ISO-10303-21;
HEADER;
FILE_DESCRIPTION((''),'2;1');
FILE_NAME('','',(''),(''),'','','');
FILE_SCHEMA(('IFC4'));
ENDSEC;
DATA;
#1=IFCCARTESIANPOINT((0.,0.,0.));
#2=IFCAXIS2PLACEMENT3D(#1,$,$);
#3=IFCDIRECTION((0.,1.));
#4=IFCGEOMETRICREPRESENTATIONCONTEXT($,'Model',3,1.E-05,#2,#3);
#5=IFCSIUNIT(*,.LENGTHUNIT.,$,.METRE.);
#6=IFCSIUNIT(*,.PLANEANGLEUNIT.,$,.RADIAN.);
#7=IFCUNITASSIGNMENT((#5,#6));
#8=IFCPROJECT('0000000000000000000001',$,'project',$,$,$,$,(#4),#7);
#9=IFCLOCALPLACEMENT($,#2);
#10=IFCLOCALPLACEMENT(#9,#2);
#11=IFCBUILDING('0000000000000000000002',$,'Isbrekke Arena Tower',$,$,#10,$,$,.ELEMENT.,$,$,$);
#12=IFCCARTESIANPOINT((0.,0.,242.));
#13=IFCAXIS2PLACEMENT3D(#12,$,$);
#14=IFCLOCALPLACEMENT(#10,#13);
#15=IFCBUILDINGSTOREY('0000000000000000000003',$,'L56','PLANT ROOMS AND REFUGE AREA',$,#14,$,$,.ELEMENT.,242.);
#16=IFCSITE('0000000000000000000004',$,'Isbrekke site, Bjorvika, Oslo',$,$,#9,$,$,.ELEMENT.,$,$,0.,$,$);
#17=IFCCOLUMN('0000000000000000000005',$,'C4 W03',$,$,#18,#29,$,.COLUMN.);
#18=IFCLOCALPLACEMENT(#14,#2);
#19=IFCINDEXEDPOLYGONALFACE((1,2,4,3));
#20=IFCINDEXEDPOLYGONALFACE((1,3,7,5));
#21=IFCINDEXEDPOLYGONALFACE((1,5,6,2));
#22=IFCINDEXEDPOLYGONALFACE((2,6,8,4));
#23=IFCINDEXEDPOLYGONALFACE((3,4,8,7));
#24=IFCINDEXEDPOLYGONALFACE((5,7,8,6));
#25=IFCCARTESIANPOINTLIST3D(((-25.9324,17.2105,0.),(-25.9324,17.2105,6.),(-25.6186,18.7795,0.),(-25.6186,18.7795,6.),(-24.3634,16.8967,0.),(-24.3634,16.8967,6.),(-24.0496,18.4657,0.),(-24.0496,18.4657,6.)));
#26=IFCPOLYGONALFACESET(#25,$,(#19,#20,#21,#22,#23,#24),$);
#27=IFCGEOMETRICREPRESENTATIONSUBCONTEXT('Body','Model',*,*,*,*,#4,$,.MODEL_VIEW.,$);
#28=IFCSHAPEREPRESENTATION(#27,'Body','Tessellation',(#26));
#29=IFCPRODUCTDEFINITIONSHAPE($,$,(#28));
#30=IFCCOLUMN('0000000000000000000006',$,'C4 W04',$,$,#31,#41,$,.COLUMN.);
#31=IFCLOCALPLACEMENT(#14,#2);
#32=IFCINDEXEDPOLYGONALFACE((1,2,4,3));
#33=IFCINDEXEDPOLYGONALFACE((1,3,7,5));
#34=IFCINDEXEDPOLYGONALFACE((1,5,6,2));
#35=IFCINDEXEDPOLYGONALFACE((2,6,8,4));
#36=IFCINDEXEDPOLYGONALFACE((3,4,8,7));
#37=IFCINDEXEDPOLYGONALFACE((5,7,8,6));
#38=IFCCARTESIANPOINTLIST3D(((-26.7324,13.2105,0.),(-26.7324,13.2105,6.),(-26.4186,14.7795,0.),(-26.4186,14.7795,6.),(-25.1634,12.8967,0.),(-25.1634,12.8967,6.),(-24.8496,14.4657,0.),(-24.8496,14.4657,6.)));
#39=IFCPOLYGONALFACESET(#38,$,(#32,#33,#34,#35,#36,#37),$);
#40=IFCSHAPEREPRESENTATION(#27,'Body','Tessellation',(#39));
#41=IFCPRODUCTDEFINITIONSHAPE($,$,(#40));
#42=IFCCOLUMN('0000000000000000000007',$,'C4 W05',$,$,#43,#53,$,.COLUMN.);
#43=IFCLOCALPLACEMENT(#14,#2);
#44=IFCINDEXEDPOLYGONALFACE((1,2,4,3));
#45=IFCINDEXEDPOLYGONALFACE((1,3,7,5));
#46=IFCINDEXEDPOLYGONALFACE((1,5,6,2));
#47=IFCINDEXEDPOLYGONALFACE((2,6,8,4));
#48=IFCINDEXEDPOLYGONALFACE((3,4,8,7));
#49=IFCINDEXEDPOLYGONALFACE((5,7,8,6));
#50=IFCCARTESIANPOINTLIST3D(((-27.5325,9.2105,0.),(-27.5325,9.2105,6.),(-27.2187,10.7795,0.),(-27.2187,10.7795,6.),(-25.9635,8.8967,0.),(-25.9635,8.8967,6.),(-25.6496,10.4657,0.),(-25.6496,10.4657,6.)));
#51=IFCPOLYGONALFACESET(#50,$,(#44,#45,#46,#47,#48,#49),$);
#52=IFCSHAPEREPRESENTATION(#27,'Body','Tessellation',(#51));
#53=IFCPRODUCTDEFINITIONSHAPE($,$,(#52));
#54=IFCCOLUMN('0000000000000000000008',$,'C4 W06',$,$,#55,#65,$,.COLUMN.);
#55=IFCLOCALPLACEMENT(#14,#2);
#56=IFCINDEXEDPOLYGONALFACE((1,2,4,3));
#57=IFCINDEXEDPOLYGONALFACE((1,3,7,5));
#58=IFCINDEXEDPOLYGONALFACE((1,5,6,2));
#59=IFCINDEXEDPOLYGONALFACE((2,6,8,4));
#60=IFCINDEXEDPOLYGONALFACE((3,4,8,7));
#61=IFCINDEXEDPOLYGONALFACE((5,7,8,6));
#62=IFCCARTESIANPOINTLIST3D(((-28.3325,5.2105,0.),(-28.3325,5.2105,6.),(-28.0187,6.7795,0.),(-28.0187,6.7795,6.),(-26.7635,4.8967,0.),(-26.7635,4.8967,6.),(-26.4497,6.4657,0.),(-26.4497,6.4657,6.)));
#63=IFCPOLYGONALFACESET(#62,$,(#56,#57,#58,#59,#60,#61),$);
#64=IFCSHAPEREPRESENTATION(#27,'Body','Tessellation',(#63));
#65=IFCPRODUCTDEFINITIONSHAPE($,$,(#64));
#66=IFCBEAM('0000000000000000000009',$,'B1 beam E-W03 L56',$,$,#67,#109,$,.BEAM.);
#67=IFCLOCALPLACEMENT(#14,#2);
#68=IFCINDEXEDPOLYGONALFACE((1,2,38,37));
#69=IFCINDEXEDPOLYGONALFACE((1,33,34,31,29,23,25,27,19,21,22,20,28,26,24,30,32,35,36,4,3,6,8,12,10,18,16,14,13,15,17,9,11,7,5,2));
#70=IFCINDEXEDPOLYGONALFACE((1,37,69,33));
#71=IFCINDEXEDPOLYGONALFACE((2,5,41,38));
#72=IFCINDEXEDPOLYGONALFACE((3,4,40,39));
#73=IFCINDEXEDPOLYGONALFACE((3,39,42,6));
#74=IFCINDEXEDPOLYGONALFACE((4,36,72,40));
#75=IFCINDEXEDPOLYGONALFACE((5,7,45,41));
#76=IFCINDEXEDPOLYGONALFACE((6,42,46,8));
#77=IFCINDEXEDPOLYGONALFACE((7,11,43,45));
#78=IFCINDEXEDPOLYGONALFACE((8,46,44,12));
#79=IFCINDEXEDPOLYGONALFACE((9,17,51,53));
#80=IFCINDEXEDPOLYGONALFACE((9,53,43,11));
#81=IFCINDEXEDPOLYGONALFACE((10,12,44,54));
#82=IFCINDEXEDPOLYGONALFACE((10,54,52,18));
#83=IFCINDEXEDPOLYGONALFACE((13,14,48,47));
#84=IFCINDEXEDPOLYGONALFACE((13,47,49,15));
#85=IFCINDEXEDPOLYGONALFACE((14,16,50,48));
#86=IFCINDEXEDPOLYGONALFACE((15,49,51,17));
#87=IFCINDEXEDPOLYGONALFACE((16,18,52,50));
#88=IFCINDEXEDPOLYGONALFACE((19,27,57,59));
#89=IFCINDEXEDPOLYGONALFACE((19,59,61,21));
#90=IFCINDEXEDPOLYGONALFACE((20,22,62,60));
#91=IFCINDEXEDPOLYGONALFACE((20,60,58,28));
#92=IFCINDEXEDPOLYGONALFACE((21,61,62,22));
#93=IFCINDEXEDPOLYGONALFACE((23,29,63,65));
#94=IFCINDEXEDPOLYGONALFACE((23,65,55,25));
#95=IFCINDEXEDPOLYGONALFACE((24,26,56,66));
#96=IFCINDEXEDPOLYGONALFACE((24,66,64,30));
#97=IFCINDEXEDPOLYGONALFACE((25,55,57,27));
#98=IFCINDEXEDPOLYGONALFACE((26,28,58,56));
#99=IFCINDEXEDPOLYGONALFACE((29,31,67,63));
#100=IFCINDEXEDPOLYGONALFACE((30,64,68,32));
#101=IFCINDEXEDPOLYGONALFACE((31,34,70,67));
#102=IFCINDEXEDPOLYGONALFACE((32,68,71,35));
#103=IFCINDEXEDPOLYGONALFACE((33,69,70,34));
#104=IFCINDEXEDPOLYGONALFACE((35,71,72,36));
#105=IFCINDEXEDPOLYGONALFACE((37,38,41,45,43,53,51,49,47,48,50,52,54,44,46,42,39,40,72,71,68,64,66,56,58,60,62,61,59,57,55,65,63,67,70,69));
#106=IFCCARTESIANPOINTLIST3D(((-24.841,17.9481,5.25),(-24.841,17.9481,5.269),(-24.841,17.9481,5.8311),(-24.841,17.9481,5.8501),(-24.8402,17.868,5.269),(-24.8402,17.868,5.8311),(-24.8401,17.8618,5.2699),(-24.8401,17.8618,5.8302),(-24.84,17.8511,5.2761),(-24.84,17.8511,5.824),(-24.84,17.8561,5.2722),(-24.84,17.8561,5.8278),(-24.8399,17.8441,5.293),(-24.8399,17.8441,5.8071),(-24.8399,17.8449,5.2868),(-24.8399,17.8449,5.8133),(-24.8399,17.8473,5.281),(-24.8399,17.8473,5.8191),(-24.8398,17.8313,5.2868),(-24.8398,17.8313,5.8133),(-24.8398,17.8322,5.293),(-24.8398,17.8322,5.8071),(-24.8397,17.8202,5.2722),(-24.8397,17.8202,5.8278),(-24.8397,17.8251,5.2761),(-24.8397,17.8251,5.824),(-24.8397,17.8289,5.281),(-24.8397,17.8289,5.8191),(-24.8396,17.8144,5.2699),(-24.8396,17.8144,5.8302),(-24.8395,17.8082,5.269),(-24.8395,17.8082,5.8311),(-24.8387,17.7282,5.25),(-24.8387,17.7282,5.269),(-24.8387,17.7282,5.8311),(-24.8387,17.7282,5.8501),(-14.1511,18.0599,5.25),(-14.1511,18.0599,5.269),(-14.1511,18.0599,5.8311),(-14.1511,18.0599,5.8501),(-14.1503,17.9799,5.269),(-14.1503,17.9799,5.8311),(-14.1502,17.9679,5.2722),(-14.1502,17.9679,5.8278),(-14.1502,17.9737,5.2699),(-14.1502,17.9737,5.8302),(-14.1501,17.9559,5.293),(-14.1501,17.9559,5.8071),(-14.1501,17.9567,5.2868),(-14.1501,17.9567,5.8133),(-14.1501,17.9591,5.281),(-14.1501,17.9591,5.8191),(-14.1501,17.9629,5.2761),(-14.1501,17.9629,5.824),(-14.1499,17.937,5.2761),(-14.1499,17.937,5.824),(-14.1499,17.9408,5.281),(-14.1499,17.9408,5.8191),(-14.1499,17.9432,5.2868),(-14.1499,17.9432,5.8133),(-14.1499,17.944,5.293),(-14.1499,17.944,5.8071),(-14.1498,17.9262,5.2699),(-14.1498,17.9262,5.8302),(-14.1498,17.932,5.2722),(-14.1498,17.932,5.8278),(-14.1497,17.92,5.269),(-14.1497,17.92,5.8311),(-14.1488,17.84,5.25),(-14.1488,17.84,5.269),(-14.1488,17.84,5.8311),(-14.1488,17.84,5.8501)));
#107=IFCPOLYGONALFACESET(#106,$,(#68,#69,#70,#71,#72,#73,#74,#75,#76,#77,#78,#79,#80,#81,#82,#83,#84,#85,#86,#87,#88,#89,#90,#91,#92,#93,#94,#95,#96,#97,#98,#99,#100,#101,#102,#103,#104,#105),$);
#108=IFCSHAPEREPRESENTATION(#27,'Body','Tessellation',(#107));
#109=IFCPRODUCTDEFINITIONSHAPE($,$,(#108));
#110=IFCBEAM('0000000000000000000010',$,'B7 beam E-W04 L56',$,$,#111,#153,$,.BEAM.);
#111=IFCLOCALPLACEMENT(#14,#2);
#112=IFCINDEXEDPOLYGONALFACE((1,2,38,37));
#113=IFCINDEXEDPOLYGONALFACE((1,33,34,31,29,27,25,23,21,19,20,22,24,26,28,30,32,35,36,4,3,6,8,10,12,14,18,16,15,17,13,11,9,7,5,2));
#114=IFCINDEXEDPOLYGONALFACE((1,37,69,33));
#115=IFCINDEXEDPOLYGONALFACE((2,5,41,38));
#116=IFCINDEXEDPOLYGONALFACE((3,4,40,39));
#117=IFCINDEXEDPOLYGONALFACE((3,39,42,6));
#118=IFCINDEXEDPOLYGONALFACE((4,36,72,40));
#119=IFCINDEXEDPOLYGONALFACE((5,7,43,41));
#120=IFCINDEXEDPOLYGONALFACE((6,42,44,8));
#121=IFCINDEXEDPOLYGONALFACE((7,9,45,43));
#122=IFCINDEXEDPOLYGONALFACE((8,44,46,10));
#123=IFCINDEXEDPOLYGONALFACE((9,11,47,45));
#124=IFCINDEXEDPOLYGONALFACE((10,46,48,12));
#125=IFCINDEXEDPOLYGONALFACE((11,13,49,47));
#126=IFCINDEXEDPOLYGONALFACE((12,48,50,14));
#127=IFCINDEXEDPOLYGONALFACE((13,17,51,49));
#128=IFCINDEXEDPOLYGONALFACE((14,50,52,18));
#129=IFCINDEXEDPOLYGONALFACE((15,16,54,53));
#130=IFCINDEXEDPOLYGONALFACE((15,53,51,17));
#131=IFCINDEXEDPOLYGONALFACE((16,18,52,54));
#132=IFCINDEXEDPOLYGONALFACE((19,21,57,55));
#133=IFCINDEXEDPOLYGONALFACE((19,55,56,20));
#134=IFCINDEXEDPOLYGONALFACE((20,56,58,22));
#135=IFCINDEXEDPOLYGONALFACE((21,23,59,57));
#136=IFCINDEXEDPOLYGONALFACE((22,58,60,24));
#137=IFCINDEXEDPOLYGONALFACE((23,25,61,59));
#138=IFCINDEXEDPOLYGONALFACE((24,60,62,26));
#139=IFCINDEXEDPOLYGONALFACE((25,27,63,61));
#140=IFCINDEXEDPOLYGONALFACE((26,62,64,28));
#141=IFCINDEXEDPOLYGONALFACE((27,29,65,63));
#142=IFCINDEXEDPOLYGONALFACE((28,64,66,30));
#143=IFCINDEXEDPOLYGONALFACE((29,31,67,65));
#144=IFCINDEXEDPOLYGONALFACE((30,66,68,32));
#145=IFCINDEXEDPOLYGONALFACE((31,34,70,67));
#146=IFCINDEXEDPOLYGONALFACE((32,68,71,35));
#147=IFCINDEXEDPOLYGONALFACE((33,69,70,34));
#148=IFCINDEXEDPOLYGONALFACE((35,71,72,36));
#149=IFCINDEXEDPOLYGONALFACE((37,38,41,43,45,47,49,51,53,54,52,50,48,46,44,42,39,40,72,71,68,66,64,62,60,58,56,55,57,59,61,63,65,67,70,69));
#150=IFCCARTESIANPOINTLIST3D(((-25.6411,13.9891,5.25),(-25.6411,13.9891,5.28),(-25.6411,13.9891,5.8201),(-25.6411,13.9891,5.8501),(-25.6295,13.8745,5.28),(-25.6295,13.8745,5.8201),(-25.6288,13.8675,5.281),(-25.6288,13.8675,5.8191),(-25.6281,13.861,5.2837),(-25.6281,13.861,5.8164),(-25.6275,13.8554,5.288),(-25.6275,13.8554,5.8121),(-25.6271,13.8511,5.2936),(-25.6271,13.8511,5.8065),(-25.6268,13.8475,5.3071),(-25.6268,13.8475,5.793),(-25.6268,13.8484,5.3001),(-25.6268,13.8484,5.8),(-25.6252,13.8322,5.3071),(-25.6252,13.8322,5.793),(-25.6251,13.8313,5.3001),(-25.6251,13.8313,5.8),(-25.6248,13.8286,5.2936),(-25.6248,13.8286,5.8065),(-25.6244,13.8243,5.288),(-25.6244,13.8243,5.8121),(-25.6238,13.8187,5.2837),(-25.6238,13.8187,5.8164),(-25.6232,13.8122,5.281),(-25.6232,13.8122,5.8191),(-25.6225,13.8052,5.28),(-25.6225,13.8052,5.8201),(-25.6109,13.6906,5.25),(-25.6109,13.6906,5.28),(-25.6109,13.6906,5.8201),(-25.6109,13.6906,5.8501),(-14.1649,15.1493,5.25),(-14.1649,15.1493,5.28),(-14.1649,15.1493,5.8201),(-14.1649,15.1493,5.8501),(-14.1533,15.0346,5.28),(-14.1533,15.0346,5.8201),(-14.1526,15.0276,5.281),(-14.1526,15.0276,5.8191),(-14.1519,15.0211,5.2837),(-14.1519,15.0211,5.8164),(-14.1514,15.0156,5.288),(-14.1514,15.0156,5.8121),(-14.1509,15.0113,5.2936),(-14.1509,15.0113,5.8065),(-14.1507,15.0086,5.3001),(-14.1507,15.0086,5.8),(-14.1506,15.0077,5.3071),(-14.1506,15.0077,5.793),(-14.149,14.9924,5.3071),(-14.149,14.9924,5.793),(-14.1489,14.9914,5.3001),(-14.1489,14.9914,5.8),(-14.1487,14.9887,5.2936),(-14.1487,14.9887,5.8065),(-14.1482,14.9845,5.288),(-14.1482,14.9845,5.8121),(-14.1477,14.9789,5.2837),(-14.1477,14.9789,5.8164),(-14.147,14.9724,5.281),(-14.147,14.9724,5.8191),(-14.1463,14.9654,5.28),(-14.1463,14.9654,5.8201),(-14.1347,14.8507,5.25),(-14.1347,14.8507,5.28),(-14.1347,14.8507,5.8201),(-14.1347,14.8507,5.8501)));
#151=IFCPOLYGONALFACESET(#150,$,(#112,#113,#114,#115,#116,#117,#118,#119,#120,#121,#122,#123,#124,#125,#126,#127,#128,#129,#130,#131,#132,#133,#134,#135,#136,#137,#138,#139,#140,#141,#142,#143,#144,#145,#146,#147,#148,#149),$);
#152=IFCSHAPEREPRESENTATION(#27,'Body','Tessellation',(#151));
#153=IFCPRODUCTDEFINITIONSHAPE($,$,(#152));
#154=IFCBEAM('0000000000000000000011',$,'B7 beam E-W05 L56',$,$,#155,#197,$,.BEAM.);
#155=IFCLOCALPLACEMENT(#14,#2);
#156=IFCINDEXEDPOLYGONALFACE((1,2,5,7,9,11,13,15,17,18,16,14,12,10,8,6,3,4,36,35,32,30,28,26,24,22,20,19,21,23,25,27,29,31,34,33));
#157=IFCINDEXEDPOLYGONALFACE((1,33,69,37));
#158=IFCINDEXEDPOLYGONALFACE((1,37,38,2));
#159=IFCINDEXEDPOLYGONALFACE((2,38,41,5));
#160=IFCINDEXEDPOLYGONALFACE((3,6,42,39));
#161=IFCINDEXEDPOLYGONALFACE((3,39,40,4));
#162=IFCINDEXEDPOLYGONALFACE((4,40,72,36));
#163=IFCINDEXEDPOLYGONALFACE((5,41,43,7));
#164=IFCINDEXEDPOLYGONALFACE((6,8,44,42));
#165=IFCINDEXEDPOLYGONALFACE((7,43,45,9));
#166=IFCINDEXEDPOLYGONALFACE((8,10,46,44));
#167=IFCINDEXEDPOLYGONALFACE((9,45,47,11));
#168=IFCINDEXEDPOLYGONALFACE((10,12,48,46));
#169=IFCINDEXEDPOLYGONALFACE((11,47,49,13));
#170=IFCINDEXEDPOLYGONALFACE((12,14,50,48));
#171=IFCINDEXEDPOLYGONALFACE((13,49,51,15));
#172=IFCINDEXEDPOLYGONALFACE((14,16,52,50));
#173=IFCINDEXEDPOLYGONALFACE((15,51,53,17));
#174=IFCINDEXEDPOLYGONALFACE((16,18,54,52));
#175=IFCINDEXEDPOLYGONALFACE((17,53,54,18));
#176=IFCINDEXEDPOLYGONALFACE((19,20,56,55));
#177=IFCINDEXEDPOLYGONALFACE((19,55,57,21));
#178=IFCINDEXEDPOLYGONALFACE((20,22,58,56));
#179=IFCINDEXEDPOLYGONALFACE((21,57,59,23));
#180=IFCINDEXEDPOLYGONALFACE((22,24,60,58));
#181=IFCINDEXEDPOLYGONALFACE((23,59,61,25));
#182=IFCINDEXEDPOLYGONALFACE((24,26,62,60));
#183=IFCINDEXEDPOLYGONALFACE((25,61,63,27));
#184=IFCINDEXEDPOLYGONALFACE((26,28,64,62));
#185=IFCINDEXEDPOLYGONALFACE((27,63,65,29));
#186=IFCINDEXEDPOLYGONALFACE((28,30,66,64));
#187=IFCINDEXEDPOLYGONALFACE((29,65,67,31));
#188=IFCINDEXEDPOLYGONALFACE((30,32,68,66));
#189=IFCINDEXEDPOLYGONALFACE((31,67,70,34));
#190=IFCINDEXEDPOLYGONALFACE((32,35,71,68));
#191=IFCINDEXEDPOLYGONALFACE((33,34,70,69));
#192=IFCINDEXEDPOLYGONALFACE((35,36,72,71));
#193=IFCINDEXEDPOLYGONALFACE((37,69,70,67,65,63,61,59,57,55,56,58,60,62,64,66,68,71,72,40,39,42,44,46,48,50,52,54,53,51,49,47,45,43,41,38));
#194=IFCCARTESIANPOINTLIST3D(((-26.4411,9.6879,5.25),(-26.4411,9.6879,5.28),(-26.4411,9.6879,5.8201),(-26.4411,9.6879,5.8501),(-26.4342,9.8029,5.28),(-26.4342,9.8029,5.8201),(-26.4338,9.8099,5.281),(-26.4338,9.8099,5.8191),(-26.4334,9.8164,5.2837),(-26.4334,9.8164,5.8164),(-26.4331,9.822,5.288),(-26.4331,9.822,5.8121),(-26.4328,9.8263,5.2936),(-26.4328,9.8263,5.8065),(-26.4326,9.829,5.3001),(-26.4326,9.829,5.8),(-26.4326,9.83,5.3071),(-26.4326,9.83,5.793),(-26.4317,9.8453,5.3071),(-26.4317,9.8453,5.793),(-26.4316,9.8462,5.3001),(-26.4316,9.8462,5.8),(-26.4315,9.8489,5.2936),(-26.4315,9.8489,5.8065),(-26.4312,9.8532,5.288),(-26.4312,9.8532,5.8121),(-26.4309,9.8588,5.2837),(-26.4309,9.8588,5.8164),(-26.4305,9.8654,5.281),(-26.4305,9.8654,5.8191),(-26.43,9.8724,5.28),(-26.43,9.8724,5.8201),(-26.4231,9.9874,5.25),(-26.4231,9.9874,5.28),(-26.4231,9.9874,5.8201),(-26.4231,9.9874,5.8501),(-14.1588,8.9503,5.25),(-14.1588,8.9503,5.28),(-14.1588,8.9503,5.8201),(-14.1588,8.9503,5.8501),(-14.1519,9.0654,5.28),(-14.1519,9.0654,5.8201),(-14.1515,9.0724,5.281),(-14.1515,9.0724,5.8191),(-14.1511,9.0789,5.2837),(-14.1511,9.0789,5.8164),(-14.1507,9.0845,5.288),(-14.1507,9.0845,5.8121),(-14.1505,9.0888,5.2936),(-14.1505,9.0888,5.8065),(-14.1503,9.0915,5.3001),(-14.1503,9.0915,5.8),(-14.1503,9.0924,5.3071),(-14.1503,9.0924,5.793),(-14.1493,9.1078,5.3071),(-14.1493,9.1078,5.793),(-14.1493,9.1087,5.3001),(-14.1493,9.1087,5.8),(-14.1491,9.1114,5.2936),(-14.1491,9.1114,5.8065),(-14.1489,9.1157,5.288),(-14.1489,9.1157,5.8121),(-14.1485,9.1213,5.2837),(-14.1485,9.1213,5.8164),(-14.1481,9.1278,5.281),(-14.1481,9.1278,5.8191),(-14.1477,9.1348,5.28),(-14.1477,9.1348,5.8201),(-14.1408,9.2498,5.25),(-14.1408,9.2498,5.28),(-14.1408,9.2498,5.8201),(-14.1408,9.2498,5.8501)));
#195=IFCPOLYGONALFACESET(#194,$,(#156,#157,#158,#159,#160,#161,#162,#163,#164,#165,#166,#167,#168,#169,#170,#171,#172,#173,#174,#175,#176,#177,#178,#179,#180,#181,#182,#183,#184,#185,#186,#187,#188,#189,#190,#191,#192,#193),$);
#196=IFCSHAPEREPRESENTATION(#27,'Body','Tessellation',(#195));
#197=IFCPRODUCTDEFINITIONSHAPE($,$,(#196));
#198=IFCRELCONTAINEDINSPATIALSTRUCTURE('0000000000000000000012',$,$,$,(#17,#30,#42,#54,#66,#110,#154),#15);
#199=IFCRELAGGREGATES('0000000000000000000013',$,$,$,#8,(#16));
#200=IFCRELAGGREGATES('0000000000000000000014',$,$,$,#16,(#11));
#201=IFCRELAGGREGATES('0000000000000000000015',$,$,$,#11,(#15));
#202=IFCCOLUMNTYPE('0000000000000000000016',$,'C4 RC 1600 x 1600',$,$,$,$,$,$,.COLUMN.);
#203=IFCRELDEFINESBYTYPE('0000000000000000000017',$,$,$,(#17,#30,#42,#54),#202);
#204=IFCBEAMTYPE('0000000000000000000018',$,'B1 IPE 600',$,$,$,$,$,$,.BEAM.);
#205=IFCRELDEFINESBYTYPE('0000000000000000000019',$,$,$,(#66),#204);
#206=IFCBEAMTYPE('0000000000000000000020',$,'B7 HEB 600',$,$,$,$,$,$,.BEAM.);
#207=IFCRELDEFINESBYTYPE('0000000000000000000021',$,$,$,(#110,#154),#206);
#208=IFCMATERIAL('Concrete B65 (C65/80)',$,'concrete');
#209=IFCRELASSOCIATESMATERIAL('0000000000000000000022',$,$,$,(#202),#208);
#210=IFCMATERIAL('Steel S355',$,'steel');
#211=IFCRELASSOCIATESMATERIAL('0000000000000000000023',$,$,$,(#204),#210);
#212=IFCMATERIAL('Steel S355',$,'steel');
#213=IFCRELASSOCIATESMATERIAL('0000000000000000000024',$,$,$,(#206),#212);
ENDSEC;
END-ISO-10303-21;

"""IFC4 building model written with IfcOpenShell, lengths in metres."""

from ifc_helpers import new_model, si_unit, direction, frame, origin, origin_2d, place, context, subcontext, project, spatial, rectangle, i_section, extrude, material, material_profile, profile_set, type_object, element, save


model = new_model("IFC4")

# Units and contexts
model_context = context("Model", 3, precision=1e-05, world=origin(), true_north=direction((0.0, 1.0)))
body_context = subcontext(model_context, "Body", "Model", "MODEL_VIEW")
ifc_project = project(units=[si_unit("LENGTHUNIT", "METRE"), si_unit("PLANEANGLEUNIT", "RADIAN")], contexts=[model_context])

# Site, building, storey
site_placement = place(None, origin())
site = spatial("IfcSite", under=ifc_project, at=site_placement, Name="Isbrekke site, Bjorvika, Oslo", CompositionType="ELEMENT", RefElevation=0.0)
building_placement = place(site_placement, origin())
building = spatial("IfcBuilding", under=site, at=building_placement, Name="Isbrekke Arena Tower", CompositionType="ELEMENT")
storey_placement = place(building_placement, frame((0.0, 0.0, 242.0)))
storey = spatial("IfcBuildingStorey", under=building, at=storey_placement, Name="L56", Description="PLANT ROOMS AND REFUGE AREA", CompositionType="ELEMENT", Elevation=242.0)

# Columns
ifc_material_1 = material(Name="Concrete B65 (C65/80)", Category="concrete")
ifc_material_profile_1 = material_profile(ifc_material_1, rectangle(XDim=1.6001, YDim=1.6001, at=origin_2d()), Name="RC 1600x1600")
ifc_profile_set_1 = profile_set([ifc_material_profile_1], Name="Concrete B65 (C65/80)")
column_type = type_object("IfcColumnType", Name="C4 RC 1600 x 1600", PredefinedType="COLUMN", material=ifc_profile_set_1)
for number, where, z_axis, x_axis, name in (
    (1, (-24.991, 17.8381, 0.0), (0.0, 0.0, 1.0), (-0.196116, -0.980581, 0.0), "C4 W03"),
    (2, (-25.791, 13.8381, 0.0), (0.0, 0.0, 1.0), (-0.196116, -0.980581, 0.0), "C4 W04"),
    (3, (-26.5911, 9.8381, 0.0), (0.0, 0.0, 1.0), (-0.196116, -0.980581, 0.0), "C4 W05"),
    (4, (-27.3911, 5.8381, 0.0), (0.0, 0.0, 1.0), (-0.196116, -0.980581, 0.0), "C4 W06"),
):
    element("IfcColumn", number, at=place(storey_placement, frame(where, z_axis=z_axis, x_axis=x_axis)), inside=storey, type_object=column_type, Name=name, PredefinedType="COLUMN", context=body_context, shape_type="SweptSolid", body=[
        extrude(rectangle(XDim=1.6001, YDim=1.6001, at=origin_2d()), origin(), (0.0, 0.0, 1.0), 6.0),
    ])

# Beams
ifc_material_2 = material(Name="Steel S355", Category="steel")
ifc_material_profile_2 = material_profile(ifc_material_2, i_section(OverallWidth=0.22, OverallDepth=0.6001, WebThickness=0.012, FlangeThickness=0.019, FilletRadius=0.0239, at=origin_2d()), Name="IPE 600")
ifc_profile_set_2 = profile_set([ifc_material_profile_2], Name="Steel S355")
beam_type_1 = type_object("IfcBeamType", Name="B1 IPE 600", PredefinedType="BEAM", material=ifc_profile_set_2)
beam_1_placement = place(storey_placement, frame((-24.8398, 17.8381, 5.55), z_axis=(0.999945, 0.010459, 0.0), x_axis=(-0.010459, 0.999945, 0.0)))
element("IfcBeam", 5, at=beam_1_placement, inside=storey, type_object=beam_type_1, Name="B1 beam E-W03 L56", PredefinedType="BEAM", context=body_context, shape_type="SweptSolid", body=[
    extrude(i_section(OverallWidth=0.22, OverallDepth=0.6001, WebThickness=0.012, FlangeThickness=0.019, FilletRadius=0.0239, at=origin_2d()), origin(), (0.0, 0.0, 1.0), 10.6904),
])
ifc_material_3 = material(Name="Steel S355", Category="steel")
ifc_material_profile_3 = material_profile(ifc_material_3, i_section(OverallWidth=0.3, OverallDepth=0.6001, WebThickness=0.0154, FlangeThickness=0.03, FilletRadius=0.0271, at=origin_2d()), Name="HEB 600")
ifc_profile_set_3 = profile_set([ifc_material_profile_3], Name="Steel S355")
beam_type_2 = type_object("IfcBeamType", Name="B7 HEB 600", PredefinedType="BEAM", material=ifc_profile_set_3)
beam_2_placement = place(storey_placement, frame((-25.626, 13.8398, 5.55), z_axis=(0.994929, 0.100581, 0.0), x_axis=(-0.100581, 0.994929, 0.0)))
element("IfcBeam", 6, at=beam_2_placement, inside=storey, type_object=beam_type_2, Name="B7 beam E-W04 L56", PredefinedType="BEAM", context=body_context, shape_type="SweptSolid", body=[
    extrude(i_section(OverallWidth=0.3, OverallDepth=0.6001, WebThickness=0.0154, FlangeThickness=0.03, FilletRadius=0.0271, at=origin_2d()), origin(), (0.0, 0.0, 1.0), 11.5347),
])
beam_3_placement = place(storey_placement, frame((-26.4321, 9.8376, 5.55), z_axis=(0.998202, -0.059942, 0.0), x_axis=(0.059942, 0.998202, 0.0)))
element("IfcBeam", 7, at=beam_3_placement, inside=storey, type_object=beam_type_2, Name="B7 beam E-W05 L56", PredefinedType="BEAM", context=body_context, shape_type="SweptSolid", body=[
    extrude(i_section(OverallWidth=0.3, OverallDepth=0.6001, WebThickness=0.0154, FlangeThickness=0.03, FilletRadius=0.0271, at=origin_2d()), origin(), (0.0, 0.0, 1.0), 12.3044),
])

save(model, "model.ifc")
